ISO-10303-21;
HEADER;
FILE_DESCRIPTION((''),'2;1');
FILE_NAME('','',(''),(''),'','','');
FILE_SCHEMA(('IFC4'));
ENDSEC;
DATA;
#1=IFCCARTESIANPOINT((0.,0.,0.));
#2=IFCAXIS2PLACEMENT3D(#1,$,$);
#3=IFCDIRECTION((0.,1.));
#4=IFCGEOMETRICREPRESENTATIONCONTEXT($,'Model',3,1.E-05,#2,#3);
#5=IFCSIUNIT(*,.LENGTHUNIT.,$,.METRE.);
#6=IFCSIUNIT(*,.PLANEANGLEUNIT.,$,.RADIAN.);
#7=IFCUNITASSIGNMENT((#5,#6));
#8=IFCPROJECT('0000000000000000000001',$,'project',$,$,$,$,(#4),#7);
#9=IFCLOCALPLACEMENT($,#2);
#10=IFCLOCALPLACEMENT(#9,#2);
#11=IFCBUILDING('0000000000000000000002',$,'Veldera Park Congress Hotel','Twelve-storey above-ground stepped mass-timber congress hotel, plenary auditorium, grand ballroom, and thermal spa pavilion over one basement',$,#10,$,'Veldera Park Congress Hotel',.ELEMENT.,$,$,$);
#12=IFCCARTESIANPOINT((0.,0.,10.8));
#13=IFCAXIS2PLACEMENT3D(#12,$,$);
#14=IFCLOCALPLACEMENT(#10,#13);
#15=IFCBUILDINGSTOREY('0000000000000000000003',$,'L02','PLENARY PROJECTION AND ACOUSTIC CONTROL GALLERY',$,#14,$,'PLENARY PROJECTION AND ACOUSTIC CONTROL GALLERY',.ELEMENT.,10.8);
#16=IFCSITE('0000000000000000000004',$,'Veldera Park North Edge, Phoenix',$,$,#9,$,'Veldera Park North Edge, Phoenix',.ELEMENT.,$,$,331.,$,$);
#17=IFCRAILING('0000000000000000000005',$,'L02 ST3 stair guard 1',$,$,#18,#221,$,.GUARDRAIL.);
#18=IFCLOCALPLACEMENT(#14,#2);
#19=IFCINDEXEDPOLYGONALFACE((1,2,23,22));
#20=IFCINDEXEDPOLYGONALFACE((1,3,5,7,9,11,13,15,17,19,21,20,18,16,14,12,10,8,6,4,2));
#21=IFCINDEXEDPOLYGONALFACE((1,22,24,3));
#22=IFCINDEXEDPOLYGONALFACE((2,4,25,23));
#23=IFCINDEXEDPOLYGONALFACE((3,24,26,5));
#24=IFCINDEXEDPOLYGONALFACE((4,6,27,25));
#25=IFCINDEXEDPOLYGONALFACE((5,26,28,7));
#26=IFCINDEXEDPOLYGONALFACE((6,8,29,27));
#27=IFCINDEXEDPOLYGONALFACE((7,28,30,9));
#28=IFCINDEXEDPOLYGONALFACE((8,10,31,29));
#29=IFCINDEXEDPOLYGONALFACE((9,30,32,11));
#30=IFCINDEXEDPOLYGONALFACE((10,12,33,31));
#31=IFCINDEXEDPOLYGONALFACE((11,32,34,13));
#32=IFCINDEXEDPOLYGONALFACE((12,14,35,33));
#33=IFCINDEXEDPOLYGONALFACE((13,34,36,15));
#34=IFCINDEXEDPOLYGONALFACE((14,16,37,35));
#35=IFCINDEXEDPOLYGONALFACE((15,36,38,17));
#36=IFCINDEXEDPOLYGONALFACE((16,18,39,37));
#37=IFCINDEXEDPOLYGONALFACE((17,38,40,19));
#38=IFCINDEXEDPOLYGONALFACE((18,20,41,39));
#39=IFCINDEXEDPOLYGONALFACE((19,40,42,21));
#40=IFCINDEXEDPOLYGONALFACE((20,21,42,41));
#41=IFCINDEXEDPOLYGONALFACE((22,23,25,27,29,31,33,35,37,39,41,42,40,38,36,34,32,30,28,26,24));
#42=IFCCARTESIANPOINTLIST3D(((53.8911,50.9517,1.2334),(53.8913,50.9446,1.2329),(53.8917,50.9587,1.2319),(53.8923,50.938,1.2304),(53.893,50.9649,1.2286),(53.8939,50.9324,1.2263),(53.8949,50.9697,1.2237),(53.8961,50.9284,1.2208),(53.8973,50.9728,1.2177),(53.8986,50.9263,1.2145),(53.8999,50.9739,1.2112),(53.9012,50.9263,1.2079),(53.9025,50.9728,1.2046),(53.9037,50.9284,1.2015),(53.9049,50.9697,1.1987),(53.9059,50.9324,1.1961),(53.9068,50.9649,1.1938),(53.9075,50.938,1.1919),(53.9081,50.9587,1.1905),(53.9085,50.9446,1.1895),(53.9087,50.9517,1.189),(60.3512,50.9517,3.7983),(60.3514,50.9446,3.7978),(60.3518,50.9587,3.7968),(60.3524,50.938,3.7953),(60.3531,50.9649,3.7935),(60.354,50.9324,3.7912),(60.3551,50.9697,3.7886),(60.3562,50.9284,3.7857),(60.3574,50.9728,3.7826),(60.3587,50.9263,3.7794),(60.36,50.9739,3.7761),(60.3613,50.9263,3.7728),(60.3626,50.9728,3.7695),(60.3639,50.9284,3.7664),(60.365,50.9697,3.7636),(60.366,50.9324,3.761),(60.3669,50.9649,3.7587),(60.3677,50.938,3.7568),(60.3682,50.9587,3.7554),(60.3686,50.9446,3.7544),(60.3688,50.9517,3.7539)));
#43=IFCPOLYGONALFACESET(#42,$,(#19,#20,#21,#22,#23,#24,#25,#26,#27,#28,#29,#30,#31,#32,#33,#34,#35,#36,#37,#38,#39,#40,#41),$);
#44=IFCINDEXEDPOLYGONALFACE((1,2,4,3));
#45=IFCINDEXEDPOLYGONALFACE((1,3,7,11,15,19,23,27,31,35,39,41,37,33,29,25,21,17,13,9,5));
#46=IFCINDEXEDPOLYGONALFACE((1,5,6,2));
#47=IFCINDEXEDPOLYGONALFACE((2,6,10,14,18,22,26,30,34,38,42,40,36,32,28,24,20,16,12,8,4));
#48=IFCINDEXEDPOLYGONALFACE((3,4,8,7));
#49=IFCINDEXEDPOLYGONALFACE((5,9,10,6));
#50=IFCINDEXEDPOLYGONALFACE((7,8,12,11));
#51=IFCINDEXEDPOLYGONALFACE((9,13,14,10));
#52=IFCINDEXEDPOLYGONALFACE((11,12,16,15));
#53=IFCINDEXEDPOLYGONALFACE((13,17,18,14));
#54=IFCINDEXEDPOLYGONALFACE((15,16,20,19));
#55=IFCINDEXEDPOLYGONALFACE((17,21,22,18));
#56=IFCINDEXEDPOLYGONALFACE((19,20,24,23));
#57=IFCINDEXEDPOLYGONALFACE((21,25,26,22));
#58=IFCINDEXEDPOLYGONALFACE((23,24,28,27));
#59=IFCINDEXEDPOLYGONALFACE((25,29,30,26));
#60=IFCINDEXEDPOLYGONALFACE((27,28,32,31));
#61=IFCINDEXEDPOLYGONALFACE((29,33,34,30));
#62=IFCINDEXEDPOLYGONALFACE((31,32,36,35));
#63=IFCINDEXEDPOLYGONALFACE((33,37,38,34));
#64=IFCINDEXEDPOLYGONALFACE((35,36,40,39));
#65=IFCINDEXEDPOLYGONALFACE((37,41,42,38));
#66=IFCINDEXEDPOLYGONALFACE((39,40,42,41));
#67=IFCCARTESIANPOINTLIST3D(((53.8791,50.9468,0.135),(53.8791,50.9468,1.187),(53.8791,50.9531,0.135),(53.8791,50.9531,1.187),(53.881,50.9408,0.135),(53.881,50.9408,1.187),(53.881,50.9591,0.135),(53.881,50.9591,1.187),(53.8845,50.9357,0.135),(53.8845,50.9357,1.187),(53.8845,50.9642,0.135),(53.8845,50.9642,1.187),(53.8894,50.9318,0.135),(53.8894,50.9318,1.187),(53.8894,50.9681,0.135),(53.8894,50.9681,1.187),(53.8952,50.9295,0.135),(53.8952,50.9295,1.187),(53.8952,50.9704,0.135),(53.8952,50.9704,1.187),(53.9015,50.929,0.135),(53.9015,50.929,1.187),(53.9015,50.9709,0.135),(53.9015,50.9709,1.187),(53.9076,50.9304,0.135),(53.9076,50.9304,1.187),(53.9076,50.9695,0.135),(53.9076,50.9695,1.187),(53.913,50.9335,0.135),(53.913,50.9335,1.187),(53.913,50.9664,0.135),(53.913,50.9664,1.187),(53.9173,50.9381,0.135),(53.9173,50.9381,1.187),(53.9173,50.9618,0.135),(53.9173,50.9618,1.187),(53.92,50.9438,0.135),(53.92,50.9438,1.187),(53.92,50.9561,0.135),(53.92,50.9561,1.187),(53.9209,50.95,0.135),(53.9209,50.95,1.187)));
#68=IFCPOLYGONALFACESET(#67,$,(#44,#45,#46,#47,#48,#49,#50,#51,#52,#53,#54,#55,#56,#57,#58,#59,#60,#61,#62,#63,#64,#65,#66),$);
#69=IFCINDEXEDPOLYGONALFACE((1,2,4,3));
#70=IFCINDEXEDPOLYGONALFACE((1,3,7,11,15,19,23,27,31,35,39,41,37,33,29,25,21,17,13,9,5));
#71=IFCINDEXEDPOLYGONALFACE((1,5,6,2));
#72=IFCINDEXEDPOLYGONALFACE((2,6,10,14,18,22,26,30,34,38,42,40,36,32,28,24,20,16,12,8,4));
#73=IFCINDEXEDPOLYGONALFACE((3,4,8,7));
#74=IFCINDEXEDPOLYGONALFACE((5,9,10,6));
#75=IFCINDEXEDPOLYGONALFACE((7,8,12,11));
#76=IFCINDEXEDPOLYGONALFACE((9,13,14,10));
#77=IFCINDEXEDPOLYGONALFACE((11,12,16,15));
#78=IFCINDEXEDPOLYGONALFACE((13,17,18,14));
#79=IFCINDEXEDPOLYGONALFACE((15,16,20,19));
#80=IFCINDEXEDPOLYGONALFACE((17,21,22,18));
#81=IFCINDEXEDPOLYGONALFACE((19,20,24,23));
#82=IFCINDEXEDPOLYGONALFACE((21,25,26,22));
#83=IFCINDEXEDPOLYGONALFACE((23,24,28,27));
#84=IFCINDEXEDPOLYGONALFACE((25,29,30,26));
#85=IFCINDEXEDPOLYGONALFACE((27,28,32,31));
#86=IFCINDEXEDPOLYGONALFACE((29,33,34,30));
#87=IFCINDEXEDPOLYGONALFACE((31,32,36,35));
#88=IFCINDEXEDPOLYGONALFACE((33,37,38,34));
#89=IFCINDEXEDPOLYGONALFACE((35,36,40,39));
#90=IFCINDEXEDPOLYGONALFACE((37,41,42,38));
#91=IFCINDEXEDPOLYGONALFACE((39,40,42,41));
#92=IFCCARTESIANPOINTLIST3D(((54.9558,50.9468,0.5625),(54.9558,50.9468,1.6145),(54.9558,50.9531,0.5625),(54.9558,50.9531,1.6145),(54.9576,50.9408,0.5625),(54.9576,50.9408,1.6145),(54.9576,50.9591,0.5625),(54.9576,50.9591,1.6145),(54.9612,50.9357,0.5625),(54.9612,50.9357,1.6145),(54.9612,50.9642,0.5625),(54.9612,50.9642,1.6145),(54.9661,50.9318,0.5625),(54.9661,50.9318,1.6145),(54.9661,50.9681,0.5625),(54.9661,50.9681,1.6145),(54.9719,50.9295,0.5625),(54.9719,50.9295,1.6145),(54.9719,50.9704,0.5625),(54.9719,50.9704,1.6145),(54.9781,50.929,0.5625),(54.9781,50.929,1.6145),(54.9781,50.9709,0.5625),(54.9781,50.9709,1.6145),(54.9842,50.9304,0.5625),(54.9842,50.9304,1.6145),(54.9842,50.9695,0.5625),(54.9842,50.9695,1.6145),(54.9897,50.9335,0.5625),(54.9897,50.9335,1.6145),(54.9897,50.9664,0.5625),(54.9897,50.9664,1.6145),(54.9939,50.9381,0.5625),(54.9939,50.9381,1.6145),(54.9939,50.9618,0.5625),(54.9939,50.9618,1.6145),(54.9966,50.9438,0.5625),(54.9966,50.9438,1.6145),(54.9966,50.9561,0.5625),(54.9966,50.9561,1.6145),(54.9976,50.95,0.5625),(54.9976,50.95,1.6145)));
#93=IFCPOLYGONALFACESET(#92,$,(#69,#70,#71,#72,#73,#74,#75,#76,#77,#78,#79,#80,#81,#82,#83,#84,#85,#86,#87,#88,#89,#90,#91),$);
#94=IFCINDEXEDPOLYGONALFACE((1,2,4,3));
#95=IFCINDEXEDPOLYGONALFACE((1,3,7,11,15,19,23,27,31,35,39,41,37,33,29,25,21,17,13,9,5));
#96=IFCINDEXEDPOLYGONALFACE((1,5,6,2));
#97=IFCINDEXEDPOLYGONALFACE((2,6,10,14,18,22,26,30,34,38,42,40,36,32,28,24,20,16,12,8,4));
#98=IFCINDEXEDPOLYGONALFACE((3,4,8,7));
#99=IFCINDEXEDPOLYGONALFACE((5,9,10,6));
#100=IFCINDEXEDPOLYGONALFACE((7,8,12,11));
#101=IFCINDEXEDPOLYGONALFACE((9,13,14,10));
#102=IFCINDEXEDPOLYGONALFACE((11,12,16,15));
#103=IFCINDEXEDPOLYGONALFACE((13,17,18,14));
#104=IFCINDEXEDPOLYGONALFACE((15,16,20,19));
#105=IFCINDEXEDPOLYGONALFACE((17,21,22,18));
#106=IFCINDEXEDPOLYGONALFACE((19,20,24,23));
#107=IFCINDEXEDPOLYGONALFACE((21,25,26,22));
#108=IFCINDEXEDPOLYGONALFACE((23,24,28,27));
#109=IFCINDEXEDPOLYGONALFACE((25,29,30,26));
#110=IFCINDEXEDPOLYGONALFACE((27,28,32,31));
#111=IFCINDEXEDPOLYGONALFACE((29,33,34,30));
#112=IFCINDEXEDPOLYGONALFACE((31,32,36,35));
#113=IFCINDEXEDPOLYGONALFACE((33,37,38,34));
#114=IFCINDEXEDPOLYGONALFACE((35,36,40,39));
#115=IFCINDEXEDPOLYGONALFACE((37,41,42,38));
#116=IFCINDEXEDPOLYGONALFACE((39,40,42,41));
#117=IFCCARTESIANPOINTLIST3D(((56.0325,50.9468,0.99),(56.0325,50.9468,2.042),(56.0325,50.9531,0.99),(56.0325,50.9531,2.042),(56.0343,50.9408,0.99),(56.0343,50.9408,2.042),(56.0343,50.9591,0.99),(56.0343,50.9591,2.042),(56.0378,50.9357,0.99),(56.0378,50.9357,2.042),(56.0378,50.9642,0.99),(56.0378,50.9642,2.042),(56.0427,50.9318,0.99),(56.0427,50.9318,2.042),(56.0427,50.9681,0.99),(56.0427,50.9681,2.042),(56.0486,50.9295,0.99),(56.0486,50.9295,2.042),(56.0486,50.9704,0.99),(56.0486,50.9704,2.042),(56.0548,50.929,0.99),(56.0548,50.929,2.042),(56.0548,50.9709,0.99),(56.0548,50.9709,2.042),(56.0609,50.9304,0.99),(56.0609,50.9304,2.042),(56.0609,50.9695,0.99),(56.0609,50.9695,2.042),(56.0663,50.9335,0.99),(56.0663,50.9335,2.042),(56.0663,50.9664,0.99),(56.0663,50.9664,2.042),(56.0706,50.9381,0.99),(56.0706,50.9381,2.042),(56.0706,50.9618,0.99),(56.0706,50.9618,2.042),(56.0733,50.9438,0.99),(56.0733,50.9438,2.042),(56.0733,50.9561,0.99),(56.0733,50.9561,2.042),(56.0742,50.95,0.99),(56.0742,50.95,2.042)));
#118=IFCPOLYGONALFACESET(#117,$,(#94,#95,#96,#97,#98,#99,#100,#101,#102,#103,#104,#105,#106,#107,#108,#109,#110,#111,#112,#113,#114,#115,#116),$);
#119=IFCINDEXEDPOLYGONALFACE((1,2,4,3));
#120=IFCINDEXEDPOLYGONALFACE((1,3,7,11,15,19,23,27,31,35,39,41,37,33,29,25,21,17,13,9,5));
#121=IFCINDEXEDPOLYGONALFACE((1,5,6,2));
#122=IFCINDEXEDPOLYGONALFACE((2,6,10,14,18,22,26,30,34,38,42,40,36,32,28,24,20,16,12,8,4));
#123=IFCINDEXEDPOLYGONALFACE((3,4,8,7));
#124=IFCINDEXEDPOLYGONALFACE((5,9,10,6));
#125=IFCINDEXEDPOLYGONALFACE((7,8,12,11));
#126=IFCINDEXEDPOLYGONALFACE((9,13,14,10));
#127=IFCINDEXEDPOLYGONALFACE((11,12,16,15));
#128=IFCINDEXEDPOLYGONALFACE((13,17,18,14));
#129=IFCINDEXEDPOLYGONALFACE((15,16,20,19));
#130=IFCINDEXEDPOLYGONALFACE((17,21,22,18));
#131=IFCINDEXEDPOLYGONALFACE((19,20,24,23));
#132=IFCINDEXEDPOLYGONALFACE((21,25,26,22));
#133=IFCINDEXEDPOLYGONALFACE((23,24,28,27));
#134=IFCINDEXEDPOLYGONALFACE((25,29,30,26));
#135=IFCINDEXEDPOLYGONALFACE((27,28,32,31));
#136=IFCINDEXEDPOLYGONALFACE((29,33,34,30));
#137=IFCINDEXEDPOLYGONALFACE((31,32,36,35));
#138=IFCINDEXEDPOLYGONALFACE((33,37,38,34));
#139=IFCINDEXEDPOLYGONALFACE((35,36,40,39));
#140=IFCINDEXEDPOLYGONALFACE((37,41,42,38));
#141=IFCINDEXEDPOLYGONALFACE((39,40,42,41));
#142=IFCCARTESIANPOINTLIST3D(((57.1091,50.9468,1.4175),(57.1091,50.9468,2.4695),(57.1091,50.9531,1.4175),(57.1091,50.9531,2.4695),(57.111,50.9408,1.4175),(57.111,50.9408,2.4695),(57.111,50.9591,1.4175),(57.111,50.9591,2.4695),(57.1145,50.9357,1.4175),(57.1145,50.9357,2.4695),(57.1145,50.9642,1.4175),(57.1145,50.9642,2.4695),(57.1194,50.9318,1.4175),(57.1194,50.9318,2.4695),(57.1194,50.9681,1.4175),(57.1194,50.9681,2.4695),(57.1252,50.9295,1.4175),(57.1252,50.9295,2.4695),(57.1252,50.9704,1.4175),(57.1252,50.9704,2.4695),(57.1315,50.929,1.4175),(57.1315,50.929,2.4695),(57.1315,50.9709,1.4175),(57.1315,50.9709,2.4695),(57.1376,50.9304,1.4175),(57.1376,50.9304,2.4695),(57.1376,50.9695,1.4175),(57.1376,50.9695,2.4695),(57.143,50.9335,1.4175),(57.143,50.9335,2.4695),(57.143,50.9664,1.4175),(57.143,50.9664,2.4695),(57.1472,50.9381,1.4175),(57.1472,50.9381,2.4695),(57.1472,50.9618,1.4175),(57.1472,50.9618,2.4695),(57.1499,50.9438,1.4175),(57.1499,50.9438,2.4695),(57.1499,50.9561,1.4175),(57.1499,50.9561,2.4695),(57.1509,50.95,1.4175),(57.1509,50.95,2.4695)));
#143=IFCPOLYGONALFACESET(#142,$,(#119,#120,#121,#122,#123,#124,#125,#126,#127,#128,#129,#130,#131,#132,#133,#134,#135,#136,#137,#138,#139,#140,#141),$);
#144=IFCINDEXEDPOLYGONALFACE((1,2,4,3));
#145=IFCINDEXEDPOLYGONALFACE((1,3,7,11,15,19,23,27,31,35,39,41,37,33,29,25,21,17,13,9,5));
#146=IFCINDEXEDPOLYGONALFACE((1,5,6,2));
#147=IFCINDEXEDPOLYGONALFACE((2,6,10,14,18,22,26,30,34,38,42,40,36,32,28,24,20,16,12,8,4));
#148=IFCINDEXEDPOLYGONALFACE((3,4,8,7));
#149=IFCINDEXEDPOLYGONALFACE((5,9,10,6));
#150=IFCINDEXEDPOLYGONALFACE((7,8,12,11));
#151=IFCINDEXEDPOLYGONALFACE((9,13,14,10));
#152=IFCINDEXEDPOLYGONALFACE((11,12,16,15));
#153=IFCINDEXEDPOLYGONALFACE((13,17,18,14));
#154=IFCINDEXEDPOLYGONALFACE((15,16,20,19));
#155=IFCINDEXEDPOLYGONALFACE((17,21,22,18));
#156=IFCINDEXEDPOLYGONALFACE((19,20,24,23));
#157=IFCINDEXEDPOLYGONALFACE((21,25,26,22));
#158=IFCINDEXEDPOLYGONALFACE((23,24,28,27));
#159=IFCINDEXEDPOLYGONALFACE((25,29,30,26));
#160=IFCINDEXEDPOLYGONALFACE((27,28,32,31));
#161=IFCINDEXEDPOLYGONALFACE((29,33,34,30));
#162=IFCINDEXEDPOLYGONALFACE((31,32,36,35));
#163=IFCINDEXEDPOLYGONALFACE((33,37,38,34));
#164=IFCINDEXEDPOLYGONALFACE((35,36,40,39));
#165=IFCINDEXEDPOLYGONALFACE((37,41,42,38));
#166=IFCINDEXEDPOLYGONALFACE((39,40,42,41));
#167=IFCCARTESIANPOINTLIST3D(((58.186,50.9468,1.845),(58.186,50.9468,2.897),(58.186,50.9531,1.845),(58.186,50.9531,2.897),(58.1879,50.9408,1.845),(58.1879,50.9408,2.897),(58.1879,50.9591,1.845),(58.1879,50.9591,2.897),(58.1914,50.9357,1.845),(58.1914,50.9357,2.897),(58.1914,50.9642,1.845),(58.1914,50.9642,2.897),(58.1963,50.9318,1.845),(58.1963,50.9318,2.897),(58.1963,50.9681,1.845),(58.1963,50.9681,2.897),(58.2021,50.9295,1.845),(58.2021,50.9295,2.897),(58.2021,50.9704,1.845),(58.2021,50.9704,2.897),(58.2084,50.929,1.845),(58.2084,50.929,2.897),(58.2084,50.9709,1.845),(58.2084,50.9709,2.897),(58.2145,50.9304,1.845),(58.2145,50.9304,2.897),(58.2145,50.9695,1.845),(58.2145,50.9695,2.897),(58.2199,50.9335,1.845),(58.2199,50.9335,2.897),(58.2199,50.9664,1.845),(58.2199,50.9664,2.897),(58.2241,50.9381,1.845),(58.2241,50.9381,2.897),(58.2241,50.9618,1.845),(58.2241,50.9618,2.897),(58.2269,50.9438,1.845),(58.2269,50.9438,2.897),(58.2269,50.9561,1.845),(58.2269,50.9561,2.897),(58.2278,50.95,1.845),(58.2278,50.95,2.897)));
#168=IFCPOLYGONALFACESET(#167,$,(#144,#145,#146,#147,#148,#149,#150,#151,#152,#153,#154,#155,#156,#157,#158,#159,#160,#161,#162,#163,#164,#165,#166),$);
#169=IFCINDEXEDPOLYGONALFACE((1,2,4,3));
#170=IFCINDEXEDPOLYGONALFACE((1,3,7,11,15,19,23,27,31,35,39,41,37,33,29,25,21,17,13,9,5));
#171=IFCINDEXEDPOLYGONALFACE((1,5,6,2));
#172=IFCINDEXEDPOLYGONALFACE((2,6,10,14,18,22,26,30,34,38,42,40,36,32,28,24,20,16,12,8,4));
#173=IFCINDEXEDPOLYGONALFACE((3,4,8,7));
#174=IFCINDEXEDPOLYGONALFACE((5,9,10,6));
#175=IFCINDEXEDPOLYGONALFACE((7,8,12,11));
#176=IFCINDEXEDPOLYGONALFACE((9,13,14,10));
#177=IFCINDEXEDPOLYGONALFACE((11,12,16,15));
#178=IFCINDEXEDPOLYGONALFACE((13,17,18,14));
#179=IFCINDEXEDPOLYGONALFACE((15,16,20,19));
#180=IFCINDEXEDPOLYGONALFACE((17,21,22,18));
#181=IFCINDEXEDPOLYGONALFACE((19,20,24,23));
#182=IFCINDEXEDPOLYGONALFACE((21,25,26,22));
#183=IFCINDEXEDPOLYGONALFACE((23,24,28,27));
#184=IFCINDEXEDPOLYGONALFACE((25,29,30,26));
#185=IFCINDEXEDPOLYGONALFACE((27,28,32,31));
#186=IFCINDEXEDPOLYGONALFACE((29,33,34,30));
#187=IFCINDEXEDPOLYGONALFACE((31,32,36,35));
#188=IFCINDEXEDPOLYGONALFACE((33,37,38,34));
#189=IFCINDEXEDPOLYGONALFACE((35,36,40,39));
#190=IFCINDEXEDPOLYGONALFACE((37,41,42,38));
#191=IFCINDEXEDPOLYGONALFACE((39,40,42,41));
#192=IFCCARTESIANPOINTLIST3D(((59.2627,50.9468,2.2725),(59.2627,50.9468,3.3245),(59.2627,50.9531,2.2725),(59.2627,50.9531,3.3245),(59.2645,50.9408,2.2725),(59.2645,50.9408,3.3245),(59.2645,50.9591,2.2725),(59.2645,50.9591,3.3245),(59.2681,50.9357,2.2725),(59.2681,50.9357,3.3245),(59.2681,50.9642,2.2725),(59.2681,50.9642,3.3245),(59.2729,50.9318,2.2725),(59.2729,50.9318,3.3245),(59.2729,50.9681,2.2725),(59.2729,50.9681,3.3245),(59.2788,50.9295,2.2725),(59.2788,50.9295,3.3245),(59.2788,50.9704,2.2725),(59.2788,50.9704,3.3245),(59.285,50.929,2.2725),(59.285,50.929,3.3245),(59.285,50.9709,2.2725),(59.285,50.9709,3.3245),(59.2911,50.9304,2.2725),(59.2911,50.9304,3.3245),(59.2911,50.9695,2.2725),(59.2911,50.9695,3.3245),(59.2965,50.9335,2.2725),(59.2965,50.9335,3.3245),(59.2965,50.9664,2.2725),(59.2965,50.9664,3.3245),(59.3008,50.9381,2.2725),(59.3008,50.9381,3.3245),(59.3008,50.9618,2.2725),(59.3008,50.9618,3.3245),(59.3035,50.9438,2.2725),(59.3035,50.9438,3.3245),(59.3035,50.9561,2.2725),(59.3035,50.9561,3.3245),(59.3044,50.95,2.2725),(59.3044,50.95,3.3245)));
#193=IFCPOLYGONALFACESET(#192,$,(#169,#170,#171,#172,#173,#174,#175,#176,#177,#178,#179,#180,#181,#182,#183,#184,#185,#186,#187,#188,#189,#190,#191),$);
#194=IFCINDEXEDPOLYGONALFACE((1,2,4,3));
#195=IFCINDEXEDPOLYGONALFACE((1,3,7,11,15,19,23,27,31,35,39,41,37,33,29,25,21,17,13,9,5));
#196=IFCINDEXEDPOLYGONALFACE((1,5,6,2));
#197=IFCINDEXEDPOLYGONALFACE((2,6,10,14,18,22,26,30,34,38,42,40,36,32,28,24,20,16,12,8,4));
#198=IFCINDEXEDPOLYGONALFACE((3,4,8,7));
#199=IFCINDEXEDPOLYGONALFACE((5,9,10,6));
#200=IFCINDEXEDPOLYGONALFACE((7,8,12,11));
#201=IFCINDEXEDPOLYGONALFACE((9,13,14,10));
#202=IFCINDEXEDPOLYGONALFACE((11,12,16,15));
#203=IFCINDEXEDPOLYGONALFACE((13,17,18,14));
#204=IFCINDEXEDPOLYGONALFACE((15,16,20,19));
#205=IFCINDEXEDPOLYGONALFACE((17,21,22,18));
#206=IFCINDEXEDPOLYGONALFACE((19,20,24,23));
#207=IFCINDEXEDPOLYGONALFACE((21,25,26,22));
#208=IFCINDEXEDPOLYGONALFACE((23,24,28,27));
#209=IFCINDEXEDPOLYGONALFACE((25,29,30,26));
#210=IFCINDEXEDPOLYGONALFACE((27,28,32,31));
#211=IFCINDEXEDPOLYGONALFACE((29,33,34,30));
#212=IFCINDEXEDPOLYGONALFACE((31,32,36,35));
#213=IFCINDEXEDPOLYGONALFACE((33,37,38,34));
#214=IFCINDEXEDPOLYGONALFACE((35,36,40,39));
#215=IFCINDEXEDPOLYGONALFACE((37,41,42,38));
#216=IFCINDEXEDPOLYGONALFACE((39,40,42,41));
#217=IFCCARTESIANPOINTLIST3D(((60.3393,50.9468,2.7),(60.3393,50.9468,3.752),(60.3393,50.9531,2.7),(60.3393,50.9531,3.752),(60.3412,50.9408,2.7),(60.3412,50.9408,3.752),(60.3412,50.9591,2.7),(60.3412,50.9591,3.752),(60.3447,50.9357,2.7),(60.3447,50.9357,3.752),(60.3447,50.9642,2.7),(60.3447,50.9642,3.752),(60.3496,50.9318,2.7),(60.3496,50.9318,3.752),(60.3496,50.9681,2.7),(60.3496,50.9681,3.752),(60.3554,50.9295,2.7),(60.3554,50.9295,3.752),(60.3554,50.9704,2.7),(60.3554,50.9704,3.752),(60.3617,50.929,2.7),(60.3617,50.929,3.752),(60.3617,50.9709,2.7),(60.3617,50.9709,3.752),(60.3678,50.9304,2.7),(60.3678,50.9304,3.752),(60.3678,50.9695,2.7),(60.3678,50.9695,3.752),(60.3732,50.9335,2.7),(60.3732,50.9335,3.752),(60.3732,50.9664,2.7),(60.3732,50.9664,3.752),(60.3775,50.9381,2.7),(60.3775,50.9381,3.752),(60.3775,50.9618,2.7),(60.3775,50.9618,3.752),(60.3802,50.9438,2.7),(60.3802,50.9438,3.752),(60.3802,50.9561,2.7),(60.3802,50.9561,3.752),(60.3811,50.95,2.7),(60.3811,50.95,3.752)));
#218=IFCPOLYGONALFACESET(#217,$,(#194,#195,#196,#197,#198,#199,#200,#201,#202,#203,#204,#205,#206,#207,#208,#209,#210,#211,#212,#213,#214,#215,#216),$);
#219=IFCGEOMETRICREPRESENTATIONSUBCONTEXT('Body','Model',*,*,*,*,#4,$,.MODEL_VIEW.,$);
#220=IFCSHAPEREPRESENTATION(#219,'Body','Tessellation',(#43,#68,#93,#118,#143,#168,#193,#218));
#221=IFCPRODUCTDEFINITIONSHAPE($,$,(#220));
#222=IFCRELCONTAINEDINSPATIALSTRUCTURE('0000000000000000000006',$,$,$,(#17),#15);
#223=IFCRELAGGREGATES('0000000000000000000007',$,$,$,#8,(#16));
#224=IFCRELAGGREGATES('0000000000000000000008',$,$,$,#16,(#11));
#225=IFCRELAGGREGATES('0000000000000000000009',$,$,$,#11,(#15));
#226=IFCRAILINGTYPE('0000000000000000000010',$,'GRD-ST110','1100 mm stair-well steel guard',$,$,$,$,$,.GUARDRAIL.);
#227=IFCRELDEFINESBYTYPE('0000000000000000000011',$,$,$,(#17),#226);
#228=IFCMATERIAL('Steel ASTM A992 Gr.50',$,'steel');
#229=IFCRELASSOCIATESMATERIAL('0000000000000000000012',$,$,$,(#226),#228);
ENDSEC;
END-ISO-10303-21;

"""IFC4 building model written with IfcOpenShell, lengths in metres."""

from ifc_helpers import new_model, si_unit, direction, frame, origin, origin_2d, place, context, subcontext, project, spatial, circle, extrude, material, type_object, element, save


model = new_model("IFC4")

# Units and contexts
model_context = context("Model", 3, precision=1e-05, world=origin(), true_north=direction((0.0, 1.0)))
body_context = subcontext(model_context, "Body", "Model", "MODEL_VIEW")
ifc_project = project(units=[si_unit("LENGTHUNIT", "METRE"), si_unit("PLANEANGLEUNIT", "RADIAN")], contexts=[model_context])

# Site, building, storey
site_placement = place(None, origin())
site = spatial("IfcSite", under=ifc_project, at=site_placement, Name="Veldera Park North Edge, Phoenix", LongName="Veldera Park North Edge, Phoenix", CompositionType="ELEMENT", RefElevation=331.0)
building_placement = place(site_placement, origin())
building = spatial("IfcBuilding", under=site, at=building_placement, Name="Veldera Park Congress Hotel", Description="Twelve-storey above-ground stepped mass-timber congress hotel, plenary auditorium, grand ballroom, and thermal spa pavilion over one basement", LongName="Veldera Park Congress Hotel", CompositionType="ELEMENT")
storey_placement = place(building_placement, frame((0.0, 0.0, 10.8)))
storey = spatial("IfcBuildingStorey", under=building, at=storey_placement, Name="L02", Description="PLENARY PROJECTION AND ACOUSTIC CONTROL GALLERY", LongName="PLENARY PROJECTION AND ACOUSTIC CONTROL GALLERY", CompositionType="ELEMENT", Elevation=10.8)

# Shared definitions
ifc_material_1 = material(Name="Steel ASTM A992 Gr.50", Category="steel")

# Railing
railing_type_1 = type_object("IfcRailingType", Name="GRD-ST110", Description="1100 mm stair-well steel guard", PredefinedType="GUARDRAIL", material=ifc_material_1)
railing_1_placement = place(storey_placement, frame((53.8999, 50.95, 0.135)))
element("IfcRailing", 1, at=railing_1_placement, inside=storey, type_object=railing_type_1, Name="L02 ST3 stair guard 1", PredefinedType="GUARDRAIL", context=body_context, shape_type="SweptSolid", body=[
    extrude(circle(Radius=0.0239, at=origin_2d()), frame((0.0, 0.0, 1.0762), z_axis=(0.929423, 0.0, 0.369016), x_axis=(0.0, 1.0, 0.0)), (0.0, 0.0, 1.0), 6.9507),
    extrude(circle(Radius=0.021, at=origin_2d()), origin(), (0.0, 0.0, 1.0), 1.052),
    extrude(circle(Radius=0.021, at=origin_2d()), frame((1.0767, 0.0, 0.4275)), (0.0, 0.0, 1.0), 1.052),
    extrude(circle(Radius=0.021, at=origin_2d()), frame((2.1533, 0.0, 0.855)), (0.0, 0.0, 1.0), 1.052),
    extrude(circle(Radius=0.021, at=origin_2d()), frame((3.23, 0.0, 1.2825)), (0.0, 0.0, 1.0), 1.052),
    extrude(circle(Radius=0.021, at=origin_2d()), frame((4.3069, 0.0, 1.71)), (0.0, 0.0, 1.0), 1.052),
    extrude(circle(Radius=0.021, at=origin_2d()), frame((5.3835, 0.0, 2.1375)), (0.0, 0.0, 1.0), 1.052),
    extrude(circle(Radius=0.021, at=origin_2d()), frame((6.4602, 0.0, 2.5649)), (0.0, 0.0, 1.0), 1.052),
])

save(model, "model.ifc")
